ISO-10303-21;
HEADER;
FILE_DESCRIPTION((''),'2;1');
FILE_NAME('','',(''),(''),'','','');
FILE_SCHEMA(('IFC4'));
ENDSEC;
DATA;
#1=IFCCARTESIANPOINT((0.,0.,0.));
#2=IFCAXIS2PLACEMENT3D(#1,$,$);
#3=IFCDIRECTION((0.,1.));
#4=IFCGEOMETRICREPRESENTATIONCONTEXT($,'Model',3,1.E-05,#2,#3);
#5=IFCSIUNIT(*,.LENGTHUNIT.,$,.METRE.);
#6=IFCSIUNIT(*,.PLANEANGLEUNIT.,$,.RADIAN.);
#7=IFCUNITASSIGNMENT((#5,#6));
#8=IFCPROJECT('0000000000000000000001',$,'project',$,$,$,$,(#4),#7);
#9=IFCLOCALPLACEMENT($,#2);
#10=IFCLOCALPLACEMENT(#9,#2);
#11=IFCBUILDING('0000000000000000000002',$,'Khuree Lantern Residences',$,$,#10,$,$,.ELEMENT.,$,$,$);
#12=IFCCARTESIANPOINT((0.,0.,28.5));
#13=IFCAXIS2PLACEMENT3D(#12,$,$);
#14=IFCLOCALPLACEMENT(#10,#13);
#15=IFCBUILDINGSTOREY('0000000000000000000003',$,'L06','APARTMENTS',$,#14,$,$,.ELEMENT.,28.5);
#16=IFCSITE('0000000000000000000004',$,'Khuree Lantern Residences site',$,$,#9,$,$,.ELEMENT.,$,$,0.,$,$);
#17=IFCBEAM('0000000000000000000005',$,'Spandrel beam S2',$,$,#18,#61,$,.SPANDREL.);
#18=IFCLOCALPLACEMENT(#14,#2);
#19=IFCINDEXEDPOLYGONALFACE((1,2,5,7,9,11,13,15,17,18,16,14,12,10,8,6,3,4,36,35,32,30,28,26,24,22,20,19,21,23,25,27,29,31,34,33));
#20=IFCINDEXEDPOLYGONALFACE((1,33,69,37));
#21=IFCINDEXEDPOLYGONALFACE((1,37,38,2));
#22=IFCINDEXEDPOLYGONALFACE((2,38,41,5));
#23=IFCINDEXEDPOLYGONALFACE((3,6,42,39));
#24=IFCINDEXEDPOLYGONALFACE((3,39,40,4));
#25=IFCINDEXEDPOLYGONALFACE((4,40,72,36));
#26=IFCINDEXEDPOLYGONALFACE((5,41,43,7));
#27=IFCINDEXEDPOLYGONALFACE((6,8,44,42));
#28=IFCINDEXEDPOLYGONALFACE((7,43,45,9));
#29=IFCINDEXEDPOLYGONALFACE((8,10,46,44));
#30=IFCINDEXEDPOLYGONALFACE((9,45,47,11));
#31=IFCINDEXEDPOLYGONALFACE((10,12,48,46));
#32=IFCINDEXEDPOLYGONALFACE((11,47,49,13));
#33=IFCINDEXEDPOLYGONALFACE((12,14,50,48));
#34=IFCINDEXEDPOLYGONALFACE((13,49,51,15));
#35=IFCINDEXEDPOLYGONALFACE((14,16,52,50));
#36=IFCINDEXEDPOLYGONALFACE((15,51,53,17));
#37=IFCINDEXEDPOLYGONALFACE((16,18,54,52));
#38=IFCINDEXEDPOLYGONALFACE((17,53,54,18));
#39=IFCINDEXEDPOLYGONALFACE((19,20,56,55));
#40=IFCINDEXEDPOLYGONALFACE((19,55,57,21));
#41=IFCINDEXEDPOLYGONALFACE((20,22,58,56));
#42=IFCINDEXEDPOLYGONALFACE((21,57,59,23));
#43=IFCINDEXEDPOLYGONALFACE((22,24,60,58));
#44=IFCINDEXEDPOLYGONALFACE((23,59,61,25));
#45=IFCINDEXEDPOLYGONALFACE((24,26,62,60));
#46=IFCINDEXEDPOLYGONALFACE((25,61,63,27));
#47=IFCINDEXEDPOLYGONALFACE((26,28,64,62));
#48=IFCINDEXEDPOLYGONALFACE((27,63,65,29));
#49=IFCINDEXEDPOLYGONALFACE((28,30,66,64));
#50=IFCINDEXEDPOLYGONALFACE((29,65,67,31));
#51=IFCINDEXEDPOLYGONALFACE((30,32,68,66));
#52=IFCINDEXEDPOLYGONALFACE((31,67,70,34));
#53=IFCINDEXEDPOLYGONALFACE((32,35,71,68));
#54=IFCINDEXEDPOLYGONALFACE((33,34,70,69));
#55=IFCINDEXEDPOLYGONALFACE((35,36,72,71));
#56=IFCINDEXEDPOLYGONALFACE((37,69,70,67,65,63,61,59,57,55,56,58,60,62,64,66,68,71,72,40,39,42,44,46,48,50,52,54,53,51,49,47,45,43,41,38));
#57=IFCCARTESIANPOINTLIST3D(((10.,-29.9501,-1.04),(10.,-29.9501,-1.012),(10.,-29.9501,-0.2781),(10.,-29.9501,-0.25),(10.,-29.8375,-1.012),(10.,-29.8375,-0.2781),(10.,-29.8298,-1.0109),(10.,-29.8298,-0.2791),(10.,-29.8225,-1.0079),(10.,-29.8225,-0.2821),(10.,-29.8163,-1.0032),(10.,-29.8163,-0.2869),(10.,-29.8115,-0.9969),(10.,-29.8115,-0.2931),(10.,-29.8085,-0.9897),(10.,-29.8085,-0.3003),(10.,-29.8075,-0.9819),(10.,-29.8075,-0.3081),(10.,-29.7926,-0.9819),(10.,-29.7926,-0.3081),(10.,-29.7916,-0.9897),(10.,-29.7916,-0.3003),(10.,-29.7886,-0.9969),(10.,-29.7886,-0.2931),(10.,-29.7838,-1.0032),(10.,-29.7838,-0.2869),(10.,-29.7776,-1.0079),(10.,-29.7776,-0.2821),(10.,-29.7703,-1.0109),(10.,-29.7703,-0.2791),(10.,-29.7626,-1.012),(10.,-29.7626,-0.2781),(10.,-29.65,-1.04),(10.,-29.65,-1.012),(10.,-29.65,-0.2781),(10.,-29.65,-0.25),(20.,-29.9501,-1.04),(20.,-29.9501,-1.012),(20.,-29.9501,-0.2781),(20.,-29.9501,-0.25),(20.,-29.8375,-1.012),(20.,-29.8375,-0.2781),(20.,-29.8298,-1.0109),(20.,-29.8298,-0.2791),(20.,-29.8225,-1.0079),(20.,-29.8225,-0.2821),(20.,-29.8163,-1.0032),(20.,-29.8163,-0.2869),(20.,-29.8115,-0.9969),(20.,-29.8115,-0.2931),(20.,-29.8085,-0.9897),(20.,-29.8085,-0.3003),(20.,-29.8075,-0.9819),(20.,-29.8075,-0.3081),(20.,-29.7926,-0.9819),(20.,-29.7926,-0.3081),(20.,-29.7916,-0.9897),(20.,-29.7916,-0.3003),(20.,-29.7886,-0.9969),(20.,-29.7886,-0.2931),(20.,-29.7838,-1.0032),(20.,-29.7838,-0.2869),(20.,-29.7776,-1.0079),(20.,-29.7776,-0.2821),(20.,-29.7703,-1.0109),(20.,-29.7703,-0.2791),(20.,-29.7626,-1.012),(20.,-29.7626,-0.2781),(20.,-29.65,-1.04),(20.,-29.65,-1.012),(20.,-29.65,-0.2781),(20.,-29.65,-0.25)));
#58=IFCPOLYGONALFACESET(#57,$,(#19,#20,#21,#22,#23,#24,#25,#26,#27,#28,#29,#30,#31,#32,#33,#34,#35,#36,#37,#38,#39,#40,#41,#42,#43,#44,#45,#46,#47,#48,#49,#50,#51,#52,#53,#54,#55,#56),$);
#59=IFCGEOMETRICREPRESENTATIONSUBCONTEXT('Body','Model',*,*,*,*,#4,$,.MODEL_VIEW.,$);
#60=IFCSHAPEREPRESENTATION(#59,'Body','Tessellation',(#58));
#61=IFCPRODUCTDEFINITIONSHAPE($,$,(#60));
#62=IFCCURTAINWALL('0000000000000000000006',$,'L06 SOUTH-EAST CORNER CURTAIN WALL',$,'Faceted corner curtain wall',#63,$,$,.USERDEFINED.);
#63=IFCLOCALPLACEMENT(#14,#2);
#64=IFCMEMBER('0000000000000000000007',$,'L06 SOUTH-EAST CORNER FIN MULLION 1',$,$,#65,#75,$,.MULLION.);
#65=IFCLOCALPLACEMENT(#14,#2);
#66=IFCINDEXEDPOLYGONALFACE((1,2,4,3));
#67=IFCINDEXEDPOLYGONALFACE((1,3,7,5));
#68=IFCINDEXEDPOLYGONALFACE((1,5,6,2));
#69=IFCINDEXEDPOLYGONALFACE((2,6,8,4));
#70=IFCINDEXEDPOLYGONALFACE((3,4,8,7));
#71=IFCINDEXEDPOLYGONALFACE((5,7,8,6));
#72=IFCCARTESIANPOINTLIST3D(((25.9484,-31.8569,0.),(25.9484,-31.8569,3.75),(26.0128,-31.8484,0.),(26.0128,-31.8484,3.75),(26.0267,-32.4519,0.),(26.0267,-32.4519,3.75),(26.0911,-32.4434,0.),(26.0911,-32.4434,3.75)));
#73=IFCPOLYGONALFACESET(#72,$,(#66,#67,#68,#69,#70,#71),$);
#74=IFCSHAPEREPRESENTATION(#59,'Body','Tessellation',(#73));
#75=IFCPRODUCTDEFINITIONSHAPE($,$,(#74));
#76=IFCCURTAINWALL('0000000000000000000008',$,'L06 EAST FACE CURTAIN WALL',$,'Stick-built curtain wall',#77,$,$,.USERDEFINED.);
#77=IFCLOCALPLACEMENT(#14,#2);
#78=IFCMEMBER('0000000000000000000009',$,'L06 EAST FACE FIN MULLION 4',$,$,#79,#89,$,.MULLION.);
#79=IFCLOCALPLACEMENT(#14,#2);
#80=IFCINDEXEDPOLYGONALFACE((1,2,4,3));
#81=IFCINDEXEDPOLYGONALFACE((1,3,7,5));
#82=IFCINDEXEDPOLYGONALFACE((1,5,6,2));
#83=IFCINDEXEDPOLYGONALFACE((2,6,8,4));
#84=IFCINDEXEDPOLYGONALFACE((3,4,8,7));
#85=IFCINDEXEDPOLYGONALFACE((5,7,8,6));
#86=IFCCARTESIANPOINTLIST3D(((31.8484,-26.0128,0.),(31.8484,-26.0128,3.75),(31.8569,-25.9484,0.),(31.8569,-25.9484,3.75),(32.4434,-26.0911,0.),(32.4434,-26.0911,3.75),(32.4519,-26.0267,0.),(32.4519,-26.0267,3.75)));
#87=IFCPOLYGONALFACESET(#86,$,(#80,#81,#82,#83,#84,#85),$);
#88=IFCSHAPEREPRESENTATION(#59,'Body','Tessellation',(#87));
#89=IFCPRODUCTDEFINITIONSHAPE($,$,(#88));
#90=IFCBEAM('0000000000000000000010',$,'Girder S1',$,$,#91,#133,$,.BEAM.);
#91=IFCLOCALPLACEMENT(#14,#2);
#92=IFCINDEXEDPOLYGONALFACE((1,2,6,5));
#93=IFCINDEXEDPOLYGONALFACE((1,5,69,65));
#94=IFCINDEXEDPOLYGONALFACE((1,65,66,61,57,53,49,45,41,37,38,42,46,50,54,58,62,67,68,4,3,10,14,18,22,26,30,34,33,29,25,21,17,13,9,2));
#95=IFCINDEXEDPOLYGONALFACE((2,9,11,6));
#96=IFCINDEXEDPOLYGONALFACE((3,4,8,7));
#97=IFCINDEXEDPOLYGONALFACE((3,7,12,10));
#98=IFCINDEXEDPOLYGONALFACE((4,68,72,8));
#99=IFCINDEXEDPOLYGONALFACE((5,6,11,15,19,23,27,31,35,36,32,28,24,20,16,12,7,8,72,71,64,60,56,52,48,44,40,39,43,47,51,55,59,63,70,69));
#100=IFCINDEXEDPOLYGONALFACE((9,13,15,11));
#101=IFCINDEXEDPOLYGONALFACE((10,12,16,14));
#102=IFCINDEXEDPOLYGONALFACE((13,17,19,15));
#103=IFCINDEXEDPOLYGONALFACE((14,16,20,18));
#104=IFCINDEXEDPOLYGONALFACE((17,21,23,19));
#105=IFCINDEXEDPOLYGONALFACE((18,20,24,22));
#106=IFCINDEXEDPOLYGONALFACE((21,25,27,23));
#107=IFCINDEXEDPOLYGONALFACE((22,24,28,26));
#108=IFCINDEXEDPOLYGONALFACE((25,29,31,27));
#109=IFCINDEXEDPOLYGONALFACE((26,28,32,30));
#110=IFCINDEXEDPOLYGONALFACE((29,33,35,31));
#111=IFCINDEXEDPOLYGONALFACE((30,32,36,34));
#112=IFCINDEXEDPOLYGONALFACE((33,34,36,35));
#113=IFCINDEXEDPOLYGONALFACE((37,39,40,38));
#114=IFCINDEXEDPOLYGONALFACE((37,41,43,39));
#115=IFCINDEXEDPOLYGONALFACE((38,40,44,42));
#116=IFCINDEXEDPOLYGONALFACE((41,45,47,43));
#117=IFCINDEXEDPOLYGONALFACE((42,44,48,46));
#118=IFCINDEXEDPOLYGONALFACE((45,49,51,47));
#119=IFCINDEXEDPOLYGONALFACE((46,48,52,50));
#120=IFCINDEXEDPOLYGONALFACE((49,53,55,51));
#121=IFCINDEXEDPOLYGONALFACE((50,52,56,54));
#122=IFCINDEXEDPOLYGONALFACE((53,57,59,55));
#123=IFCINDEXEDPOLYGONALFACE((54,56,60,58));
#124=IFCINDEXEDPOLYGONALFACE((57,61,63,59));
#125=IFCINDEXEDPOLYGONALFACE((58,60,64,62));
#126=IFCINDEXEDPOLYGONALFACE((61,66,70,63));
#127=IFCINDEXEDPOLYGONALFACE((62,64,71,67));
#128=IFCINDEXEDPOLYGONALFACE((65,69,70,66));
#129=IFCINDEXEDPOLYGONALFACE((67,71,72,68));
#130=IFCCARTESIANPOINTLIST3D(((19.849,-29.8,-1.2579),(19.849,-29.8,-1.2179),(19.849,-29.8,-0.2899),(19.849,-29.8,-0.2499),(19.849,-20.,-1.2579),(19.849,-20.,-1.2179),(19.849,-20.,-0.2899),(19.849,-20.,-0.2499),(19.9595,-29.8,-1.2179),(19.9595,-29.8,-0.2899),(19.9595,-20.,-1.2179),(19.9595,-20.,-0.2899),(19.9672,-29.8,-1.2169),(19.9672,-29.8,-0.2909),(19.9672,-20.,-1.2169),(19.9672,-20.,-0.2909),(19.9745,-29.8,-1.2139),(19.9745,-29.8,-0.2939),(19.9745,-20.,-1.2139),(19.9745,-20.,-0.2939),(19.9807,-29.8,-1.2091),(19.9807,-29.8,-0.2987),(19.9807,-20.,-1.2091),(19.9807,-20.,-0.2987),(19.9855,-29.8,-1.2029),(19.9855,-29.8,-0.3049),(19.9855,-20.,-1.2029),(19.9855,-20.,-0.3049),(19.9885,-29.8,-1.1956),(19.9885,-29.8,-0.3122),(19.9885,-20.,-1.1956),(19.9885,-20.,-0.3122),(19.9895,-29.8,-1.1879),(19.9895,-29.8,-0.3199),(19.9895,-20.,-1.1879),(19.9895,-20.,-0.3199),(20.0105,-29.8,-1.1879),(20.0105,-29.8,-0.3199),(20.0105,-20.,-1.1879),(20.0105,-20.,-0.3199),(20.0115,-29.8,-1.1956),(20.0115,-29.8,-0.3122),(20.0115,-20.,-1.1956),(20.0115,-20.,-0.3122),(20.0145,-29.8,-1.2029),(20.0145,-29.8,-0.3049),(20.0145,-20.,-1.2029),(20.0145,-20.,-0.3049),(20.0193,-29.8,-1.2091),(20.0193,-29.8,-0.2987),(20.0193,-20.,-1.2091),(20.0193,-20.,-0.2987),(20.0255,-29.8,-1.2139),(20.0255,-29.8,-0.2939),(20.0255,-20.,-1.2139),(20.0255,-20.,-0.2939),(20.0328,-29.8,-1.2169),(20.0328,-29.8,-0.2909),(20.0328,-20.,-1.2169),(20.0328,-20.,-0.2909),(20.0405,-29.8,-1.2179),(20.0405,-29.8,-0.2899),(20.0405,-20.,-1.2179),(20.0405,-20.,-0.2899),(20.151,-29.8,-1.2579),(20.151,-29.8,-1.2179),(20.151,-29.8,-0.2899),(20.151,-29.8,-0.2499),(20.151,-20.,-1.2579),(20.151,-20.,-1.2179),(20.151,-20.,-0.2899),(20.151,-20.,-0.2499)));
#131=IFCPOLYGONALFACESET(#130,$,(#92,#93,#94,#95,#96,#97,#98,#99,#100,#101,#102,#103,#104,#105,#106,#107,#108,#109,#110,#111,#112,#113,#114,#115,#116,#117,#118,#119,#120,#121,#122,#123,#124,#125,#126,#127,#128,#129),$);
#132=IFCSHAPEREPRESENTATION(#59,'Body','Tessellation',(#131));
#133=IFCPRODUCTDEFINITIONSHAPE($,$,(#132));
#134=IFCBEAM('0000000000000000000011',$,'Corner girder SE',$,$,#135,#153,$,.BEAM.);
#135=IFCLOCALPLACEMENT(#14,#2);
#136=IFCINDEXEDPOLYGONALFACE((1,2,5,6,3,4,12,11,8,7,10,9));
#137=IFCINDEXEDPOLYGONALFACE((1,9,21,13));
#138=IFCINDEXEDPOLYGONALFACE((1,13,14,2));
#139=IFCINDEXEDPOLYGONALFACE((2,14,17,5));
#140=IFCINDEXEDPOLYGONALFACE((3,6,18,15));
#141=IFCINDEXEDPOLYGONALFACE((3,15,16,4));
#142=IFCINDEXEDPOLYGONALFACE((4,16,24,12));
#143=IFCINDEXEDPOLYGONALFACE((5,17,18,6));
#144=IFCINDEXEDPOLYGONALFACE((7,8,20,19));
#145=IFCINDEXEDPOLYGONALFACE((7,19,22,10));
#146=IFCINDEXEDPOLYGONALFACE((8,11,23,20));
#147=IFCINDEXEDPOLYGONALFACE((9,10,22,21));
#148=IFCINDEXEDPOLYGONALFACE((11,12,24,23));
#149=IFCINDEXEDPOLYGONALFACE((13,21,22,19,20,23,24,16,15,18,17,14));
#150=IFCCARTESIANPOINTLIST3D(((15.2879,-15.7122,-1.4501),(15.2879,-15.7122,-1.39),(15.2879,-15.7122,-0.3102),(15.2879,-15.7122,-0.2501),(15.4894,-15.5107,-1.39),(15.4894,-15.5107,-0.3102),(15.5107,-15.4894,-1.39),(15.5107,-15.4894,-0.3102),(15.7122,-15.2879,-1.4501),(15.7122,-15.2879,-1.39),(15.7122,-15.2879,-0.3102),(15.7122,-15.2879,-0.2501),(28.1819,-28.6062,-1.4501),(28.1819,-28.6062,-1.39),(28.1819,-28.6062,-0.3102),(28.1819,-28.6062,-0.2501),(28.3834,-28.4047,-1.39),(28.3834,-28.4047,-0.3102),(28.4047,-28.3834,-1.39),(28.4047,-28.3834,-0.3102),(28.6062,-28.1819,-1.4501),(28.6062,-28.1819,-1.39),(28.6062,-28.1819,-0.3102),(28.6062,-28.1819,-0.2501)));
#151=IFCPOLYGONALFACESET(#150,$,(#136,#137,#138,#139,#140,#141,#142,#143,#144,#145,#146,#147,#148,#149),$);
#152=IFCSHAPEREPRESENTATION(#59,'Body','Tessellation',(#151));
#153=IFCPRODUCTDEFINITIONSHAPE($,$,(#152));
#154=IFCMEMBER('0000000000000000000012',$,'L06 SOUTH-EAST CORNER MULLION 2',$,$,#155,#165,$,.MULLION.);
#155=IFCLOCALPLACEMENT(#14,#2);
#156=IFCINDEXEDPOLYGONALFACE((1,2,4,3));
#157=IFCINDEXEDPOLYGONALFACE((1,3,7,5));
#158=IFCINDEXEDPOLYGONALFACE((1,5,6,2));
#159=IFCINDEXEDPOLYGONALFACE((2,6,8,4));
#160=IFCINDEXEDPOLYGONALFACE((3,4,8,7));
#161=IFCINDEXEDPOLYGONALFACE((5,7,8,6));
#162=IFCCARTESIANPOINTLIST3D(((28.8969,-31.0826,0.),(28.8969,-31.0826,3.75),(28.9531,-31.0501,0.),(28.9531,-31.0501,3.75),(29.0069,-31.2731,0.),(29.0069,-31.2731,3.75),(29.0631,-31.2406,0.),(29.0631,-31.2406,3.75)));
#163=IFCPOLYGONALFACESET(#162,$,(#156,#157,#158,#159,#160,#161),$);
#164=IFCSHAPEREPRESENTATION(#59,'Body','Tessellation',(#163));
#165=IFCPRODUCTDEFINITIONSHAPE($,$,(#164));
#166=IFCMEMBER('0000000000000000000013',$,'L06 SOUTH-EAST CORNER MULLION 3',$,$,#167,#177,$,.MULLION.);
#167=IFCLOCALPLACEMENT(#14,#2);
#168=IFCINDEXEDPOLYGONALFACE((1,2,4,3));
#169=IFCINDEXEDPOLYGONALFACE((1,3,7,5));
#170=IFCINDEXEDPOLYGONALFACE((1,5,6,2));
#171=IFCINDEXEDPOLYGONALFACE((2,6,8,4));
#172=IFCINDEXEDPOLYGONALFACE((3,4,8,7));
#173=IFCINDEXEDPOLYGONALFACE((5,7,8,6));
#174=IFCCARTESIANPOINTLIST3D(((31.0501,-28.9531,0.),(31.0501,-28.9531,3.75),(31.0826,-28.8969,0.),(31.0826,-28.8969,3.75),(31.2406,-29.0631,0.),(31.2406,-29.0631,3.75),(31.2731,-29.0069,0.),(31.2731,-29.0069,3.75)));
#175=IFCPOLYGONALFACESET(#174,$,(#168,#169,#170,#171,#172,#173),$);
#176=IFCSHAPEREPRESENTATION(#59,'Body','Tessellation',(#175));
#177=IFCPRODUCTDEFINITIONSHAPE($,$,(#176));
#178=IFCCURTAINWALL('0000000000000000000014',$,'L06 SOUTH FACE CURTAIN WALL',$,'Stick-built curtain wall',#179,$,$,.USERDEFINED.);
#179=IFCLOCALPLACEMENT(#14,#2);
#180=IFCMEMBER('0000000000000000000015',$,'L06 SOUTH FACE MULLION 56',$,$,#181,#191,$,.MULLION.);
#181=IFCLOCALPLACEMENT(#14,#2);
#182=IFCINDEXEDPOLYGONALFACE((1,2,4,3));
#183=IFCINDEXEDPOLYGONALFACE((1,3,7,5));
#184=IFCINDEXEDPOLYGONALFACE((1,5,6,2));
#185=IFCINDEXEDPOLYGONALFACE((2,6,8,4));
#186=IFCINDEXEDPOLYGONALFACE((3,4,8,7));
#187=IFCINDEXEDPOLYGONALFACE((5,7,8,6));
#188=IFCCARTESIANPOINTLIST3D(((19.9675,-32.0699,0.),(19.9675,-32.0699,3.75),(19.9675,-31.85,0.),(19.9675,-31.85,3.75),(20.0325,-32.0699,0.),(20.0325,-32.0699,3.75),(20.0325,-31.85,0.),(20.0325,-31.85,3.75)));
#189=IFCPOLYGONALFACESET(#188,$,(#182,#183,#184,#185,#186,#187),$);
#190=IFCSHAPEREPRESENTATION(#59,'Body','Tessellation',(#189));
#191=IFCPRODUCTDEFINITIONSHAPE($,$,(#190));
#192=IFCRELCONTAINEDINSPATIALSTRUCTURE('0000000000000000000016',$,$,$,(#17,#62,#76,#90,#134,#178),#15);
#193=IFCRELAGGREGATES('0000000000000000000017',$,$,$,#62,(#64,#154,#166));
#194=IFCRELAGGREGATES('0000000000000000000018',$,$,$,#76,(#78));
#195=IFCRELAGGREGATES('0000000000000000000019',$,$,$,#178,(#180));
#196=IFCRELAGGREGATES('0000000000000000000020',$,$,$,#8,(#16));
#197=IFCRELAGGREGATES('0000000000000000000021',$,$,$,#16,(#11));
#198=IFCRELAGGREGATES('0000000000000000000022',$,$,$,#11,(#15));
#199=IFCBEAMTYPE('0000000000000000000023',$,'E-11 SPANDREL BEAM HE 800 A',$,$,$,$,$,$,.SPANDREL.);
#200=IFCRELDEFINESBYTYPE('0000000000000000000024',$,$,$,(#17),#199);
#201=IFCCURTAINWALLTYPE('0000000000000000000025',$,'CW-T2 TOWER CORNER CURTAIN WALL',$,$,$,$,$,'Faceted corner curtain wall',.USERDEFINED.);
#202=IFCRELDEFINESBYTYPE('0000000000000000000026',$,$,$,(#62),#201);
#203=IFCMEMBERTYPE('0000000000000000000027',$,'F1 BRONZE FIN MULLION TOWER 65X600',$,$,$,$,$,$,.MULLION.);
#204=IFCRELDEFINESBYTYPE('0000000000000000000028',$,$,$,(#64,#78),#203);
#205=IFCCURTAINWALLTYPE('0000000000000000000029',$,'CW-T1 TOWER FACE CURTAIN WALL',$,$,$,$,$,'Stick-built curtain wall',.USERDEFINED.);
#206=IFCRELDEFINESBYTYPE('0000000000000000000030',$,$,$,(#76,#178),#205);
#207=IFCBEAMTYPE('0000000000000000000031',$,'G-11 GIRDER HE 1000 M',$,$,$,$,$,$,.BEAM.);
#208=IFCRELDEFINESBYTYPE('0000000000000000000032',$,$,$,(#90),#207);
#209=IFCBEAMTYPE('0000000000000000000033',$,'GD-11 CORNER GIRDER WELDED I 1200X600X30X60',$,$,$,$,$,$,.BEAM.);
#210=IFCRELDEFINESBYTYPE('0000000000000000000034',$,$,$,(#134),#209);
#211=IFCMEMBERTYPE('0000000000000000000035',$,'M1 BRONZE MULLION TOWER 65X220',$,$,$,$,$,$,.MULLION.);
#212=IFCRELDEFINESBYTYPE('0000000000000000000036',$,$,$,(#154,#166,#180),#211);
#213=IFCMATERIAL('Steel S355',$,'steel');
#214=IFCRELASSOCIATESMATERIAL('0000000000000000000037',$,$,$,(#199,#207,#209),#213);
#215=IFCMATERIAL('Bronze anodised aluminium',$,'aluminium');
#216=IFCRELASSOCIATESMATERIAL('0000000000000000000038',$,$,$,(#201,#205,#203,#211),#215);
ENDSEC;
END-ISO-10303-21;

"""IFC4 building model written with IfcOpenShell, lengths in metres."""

from ifc_helpers import new_model, si_unit, direction, frame, origin, origin_2d, place, context, subcontext, project, spatial, rectangle, i_section, extrude, material, material_profile, profile_set, type_object, element, aggregate, save


model = new_model("IFC4")

# Units and contexts
model_context = context("Model", 3, precision=1e-05, world=origin(), true_north=direction((0.0, 1.0)))
body_context = subcontext(model_context, "Body", "Model", "MODEL_VIEW")
ifc_project = project(units=[si_unit("LENGTHUNIT", "METRE"), si_unit("PLANEANGLEUNIT", "RADIAN")], contexts=[model_context])

# Site, building, storey
site_placement = place(None, origin())
site = spatial("IfcSite", under=ifc_project, at=site_placement, Name="Khuree Lantern Residences site", CompositionType="ELEMENT", RefElevation=0.0)
building_placement = place(site_placement, origin())
building = spatial("IfcBuilding", under=site, at=building_placement, Name="Khuree Lantern Residences", CompositionType="ELEMENT")
storey_placement = place(building_placement, frame((0.0, 0.0, 28.5)))
storey = spatial("IfcBuildingStorey", under=building, at=storey_placement, Name="L06", Description="APARTMENTS", CompositionType="ELEMENT", Elevation=28.5)

# Beam
ifc_material_1 = material(Name="Steel S355", Category="steel")
ifc_material_profile_1 = material_profile(ifc_material_1, i_section(OverallWidth=0.3, OverallDepth=0.79, WebThickness=0.0149, FlangeThickness=0.0281, FilletRadius=0.03, at=origin_2d()), Name="HE 800 A")
ifc_profile_set_1 = profile_set([ifc_material_profile_1], Name="Steel S355")
beam_type_1 = type_object("IfcBeamType", Name="E-11 SPANDREL BEAM HE 800 A", PredefinedType="SPANDREL", material=ifc_profile_set_1)
beam_1_placement = place(storey_placement, frame((20.0, -29.8, -0.645), z_axis=(-1.0, 0.0, 0.0), x_axis=(0.0, -1.0, 0.0)))
element("IfcBeam", 1, at=beam_1_placement, inside=storey, type_object=beam_type_1, Name="Spandrel beam S2", PredefinedType="SPANDREL", context=body_context, shape_type="SweptSolid", body=[
    extrude(i_section(OverallWidth=0.3, OverallDepth=0.79, WebThickness=0.0149, FlangeThickness=0.0281, FilletRadius=0.03, at=origin_2d()), origin(), (0.0, 0.0, 1.0), 10.0),
])

# Curtain walls, members
ifc_material_2 = material(Name="Bronze anodised aluminium", Category="aluminium")
curtain_wall_type_1 = type_object("IfcCurtainWallType", Name="CW-T2 TOWER CORNER CURTAIN WALL", ElementType="Faceted corner curtain wall", PredefinedType="USERDEFINED", material=ifc_material_2)
curtain_wall_1_placement = place(storey_placement, origin())
curtain_wall_1 = element("IfcCurtainWall", 2, at=curtain_wall_1_placement, inside=storey, type_object=curtain_wall_type_1, Name="L06 SOUTH-EAST CORNER CURTAIN WALL", ObjectType="Faceted corner curtain wall", PredefinedType="USERDEFINED")
ifc_material_profile_2 = material_profile(ifc_material_2, rectangle(XDim=0.0649, YDim=0.6001, at=origin_2d()), Name="F1 65X600")
ifc_profile_set_2 = profile_set([ifc_material_profile_2], Name="Bronze anodised aluminium")
member_type_1 = type_object("IfcMemberType", Name="F1 BRONZE FIN MULLION TOWER 65X600", PredefinedType="MULLION", material=ifc_profile_set_2)
member_1_placement = place(storey_placement, frame((26.0198, -32.1501, 0.0), z_axis=(0.0, 0.0, 1.0), x_axis=(0.991445, 0.130526, 0.0)))
member_1 = element("IfcMember", 3, at=member_1_placement, type_object=member_type_1, Name="L06 SOUTH-EAST CORNER FIN MULLION 1", PredefinedType="MULLION", context=body_context, shape_type="SweptSolid", body=[
    extrude(rectangle(XDim=0.0649, YDim=0.6001, at=origin_2d()), origin(), (0.0, 0.0, 1.0), 3.75),
])
curtain_wall_type_2 = type_object("IfcCurtainWallType", Name="CW-T1 TOWER FACE CURTAIN WALL", ElementType="Stick-built curtain wall", PredefinedType="USERDEFINED", material=ifc_material_2)
curtain_wall_2_placement = place(storey_placement, origin())
curtain_wall_2 = element("IfcCurtainWall", 4, at=curtain_wall_2_placement, inside=storey, type_object=curtain_wall_type_2, Name="L06 EAST FACE CURTAIN WALL", ObjectType="Stick-built curtain wall", PredefinedType="USERDEFINED")
member_2_placement = place(storey_placement, frame((32.1501, -26.0198, 0.0), z_axis=(0.0, 0.0, 1.0), x_axis=(0.130526, 0.991445, 0.0)))
member_2 = element("IfcMember", 5, at=member_2_placement, type_object=member_type_1, Name="L06 EAST FACE FIN MULLION 4", PredefinedType="MULLION", context=body_context, shape_type="SweptSolid", body=[
    extrude(rectangle(XDim=0.0649, YDim=0.6001, at=origin_2d()), origin(), (0.0, 0.0, 1.0), 3.75),
])

# Beams
ifc_material_profile_3 = material_profile(ifc_material_1, i_section(OverallWidth=0.302, OverallDepth=1.0081, WebThickness=0.021, FlangeThickness=0.04, FilletRadius=0.03, at=origin_2d()), Name="HE 1000 M")
ifc_profile_set_3 = profile_set([ifc_material_profile_3], Name="Steel S355")
beam_type_2 = type_object("IfcBeamType", Name="G-11 GIRDER HE 1000 M", PredefinedType="BEAM", material=ifc_profile_set_3)
beam_2_placement = place(storey_placement, frame((20.0, -29.8, -0.7539), z_axis=(0.0, 1.0, 0.0), x_axis=(-1.0, 0.0, 0.0)))
element("IfcBeam", 6, at=beam_2_placement, inside=storey, type_object=beam_type_2, Name="Girder S1", PredefinedType="BEAM", context=body_context, shape_type="SweptSolid", body=[
    extrude(i_section(OverallWidth=0.302, OverallDepth=1.0081, WebThickness=0.021, FlangeThickness=0.04, FilletRadius=0.03, at=origin_2d()), origin(), (0.0, 0.0, 1.0), 9.8),
])
ifc_material_profile_4 = material_profile(ifc_material_1, i_section(OverallWidth=0.6001, OverallDepth=1.2, WebThickness=0.03, FlangeThickness=0.0601, at=origin_2d()), Name="WELDED I 1200X600X30X60")
ifc_profile_set_4 = profile_set([ifc_material_profile_4], Name="Steel S355")
beam_type_3 = type_object("IfcBeamType", Name="GD-11 CORNER GIRDER WELDED I 1200X600X30X60", PredefinedType="BEAM", material=ifc_profile_set_4)
beam_3_placement = place(storey_placement, frame((28.394, -28.394, -0.8501), z_axis=(-0.707107, 0.707107, 0.0), x_axis=(-0.707107, -0.707107, 0.0)))
element("IfcBeam", 7, at=beam_3_placement, inside=storey, type_object=beam_type_3, Name="Corner girder SE", PredefinedType="BEAM", context=body_context, shape_type="SweptSolid", body=[
    extrude(i_section(OverallWidth=0.6001, OverallDepth=1.2, WebThickness=0.03, FlangeThickness=0.0601, at=origin_2d()), origin(), (0.0, 0.0, 1.0), 18.2349),
])

# Members
ifc_material_profile_5 = material_profile(ifc_material_2, rectangle(XDim=0.0649, YDim=0.22, at=origin_2d()), Name="M1 65X220")
ifc_profile_set_5 = profile_set([ifc_material_profile_5], Name="Bronze anodised aluminium")
member_type_2 = type_object("IfcMemberType", Name="M1 BRONZE MULLION TOWER 65X220", PredefinedType="MULLION", material=ifc_profile_set_5)
member_3_placement = place(storey_placement, frame((28.98, -31.1616, 0.0), z_axis=(0.0, 0.0, 1.0), x_axis=(0.866025, 0.5, 0.0)))
member_3 = element("IfcMember", 8, at=member_3_placement, type_object=member_type_2, Name="L06 SOUTH-EAST CORNER MULLION 2", PredefinedType="MULLION", context=body_context, shape_type="SweptSolid", body=[
    extrude(rectangle(XDim=0.0649, YDim=0.22, at=origin_2d()), origin(), (0.0, 0.0, 1.0), 3.75),
])
member_4_placement = place(storey_placement, frame((31.1616, -28.98, 0.0), z_axis=(0.0, 0.0, 1.0), x_axis=(0.5, 0.866025, 0.0)))
member_4 = element("IfcMember", 9, at=member_4_placement, type_object=member_type_2, Name="L06 SOUTH-EAST CORNER MULLION 3", PredefinedType="MULLION", context=body_context, shape_type="SweptSolid", body=[
    extrude(rectangle(XDim=0.0649, YDim=0.22, at=origin_2d()), origin(), (0.0, 0.0, 1.0), 3.75),
])

# Curtain wall, member
curtain_wall_3_placement = place(storey_placement, origin())
curtain_wall_3 = element("IfcCurtainWall", 10, at=curtain_wall_3_placement, inside=storey, type_object=curtain_wall_type_2, Name="L06 SOUTH FACE CURTAIN WALL", ObjectType="Stick-built curtain wall", PredefinedType="USERDEFINED")
member_5_placement = place(storey_placement, frame((20.0, -31.96, 0.0), z_axis=(0.0, 0.0, 1.0), x_axis=(1.0, 0.0, 0.0)))
member_5 = element("IfcMember", 11, at=member_5_placement, type_object=member_type_2, Name="L06 SOUTH FACE MULLION 56", PredefinedType="MULLION", context=body_context, shape_type="SweptSolid", body=[
    extrude(rectangle(XDim=0.0649, YDim=0.22, at=origin_2d()), origin(), (0.0, 0.0, 1.0), 3.75),
])

aggregate(curtain_wall_1, [member_1, member_3, member_4])
aggregate(curtain_wall_2, [member_2])
aggregate(curtain_wall_3, [member_5])

save(model, "model.ifc")
